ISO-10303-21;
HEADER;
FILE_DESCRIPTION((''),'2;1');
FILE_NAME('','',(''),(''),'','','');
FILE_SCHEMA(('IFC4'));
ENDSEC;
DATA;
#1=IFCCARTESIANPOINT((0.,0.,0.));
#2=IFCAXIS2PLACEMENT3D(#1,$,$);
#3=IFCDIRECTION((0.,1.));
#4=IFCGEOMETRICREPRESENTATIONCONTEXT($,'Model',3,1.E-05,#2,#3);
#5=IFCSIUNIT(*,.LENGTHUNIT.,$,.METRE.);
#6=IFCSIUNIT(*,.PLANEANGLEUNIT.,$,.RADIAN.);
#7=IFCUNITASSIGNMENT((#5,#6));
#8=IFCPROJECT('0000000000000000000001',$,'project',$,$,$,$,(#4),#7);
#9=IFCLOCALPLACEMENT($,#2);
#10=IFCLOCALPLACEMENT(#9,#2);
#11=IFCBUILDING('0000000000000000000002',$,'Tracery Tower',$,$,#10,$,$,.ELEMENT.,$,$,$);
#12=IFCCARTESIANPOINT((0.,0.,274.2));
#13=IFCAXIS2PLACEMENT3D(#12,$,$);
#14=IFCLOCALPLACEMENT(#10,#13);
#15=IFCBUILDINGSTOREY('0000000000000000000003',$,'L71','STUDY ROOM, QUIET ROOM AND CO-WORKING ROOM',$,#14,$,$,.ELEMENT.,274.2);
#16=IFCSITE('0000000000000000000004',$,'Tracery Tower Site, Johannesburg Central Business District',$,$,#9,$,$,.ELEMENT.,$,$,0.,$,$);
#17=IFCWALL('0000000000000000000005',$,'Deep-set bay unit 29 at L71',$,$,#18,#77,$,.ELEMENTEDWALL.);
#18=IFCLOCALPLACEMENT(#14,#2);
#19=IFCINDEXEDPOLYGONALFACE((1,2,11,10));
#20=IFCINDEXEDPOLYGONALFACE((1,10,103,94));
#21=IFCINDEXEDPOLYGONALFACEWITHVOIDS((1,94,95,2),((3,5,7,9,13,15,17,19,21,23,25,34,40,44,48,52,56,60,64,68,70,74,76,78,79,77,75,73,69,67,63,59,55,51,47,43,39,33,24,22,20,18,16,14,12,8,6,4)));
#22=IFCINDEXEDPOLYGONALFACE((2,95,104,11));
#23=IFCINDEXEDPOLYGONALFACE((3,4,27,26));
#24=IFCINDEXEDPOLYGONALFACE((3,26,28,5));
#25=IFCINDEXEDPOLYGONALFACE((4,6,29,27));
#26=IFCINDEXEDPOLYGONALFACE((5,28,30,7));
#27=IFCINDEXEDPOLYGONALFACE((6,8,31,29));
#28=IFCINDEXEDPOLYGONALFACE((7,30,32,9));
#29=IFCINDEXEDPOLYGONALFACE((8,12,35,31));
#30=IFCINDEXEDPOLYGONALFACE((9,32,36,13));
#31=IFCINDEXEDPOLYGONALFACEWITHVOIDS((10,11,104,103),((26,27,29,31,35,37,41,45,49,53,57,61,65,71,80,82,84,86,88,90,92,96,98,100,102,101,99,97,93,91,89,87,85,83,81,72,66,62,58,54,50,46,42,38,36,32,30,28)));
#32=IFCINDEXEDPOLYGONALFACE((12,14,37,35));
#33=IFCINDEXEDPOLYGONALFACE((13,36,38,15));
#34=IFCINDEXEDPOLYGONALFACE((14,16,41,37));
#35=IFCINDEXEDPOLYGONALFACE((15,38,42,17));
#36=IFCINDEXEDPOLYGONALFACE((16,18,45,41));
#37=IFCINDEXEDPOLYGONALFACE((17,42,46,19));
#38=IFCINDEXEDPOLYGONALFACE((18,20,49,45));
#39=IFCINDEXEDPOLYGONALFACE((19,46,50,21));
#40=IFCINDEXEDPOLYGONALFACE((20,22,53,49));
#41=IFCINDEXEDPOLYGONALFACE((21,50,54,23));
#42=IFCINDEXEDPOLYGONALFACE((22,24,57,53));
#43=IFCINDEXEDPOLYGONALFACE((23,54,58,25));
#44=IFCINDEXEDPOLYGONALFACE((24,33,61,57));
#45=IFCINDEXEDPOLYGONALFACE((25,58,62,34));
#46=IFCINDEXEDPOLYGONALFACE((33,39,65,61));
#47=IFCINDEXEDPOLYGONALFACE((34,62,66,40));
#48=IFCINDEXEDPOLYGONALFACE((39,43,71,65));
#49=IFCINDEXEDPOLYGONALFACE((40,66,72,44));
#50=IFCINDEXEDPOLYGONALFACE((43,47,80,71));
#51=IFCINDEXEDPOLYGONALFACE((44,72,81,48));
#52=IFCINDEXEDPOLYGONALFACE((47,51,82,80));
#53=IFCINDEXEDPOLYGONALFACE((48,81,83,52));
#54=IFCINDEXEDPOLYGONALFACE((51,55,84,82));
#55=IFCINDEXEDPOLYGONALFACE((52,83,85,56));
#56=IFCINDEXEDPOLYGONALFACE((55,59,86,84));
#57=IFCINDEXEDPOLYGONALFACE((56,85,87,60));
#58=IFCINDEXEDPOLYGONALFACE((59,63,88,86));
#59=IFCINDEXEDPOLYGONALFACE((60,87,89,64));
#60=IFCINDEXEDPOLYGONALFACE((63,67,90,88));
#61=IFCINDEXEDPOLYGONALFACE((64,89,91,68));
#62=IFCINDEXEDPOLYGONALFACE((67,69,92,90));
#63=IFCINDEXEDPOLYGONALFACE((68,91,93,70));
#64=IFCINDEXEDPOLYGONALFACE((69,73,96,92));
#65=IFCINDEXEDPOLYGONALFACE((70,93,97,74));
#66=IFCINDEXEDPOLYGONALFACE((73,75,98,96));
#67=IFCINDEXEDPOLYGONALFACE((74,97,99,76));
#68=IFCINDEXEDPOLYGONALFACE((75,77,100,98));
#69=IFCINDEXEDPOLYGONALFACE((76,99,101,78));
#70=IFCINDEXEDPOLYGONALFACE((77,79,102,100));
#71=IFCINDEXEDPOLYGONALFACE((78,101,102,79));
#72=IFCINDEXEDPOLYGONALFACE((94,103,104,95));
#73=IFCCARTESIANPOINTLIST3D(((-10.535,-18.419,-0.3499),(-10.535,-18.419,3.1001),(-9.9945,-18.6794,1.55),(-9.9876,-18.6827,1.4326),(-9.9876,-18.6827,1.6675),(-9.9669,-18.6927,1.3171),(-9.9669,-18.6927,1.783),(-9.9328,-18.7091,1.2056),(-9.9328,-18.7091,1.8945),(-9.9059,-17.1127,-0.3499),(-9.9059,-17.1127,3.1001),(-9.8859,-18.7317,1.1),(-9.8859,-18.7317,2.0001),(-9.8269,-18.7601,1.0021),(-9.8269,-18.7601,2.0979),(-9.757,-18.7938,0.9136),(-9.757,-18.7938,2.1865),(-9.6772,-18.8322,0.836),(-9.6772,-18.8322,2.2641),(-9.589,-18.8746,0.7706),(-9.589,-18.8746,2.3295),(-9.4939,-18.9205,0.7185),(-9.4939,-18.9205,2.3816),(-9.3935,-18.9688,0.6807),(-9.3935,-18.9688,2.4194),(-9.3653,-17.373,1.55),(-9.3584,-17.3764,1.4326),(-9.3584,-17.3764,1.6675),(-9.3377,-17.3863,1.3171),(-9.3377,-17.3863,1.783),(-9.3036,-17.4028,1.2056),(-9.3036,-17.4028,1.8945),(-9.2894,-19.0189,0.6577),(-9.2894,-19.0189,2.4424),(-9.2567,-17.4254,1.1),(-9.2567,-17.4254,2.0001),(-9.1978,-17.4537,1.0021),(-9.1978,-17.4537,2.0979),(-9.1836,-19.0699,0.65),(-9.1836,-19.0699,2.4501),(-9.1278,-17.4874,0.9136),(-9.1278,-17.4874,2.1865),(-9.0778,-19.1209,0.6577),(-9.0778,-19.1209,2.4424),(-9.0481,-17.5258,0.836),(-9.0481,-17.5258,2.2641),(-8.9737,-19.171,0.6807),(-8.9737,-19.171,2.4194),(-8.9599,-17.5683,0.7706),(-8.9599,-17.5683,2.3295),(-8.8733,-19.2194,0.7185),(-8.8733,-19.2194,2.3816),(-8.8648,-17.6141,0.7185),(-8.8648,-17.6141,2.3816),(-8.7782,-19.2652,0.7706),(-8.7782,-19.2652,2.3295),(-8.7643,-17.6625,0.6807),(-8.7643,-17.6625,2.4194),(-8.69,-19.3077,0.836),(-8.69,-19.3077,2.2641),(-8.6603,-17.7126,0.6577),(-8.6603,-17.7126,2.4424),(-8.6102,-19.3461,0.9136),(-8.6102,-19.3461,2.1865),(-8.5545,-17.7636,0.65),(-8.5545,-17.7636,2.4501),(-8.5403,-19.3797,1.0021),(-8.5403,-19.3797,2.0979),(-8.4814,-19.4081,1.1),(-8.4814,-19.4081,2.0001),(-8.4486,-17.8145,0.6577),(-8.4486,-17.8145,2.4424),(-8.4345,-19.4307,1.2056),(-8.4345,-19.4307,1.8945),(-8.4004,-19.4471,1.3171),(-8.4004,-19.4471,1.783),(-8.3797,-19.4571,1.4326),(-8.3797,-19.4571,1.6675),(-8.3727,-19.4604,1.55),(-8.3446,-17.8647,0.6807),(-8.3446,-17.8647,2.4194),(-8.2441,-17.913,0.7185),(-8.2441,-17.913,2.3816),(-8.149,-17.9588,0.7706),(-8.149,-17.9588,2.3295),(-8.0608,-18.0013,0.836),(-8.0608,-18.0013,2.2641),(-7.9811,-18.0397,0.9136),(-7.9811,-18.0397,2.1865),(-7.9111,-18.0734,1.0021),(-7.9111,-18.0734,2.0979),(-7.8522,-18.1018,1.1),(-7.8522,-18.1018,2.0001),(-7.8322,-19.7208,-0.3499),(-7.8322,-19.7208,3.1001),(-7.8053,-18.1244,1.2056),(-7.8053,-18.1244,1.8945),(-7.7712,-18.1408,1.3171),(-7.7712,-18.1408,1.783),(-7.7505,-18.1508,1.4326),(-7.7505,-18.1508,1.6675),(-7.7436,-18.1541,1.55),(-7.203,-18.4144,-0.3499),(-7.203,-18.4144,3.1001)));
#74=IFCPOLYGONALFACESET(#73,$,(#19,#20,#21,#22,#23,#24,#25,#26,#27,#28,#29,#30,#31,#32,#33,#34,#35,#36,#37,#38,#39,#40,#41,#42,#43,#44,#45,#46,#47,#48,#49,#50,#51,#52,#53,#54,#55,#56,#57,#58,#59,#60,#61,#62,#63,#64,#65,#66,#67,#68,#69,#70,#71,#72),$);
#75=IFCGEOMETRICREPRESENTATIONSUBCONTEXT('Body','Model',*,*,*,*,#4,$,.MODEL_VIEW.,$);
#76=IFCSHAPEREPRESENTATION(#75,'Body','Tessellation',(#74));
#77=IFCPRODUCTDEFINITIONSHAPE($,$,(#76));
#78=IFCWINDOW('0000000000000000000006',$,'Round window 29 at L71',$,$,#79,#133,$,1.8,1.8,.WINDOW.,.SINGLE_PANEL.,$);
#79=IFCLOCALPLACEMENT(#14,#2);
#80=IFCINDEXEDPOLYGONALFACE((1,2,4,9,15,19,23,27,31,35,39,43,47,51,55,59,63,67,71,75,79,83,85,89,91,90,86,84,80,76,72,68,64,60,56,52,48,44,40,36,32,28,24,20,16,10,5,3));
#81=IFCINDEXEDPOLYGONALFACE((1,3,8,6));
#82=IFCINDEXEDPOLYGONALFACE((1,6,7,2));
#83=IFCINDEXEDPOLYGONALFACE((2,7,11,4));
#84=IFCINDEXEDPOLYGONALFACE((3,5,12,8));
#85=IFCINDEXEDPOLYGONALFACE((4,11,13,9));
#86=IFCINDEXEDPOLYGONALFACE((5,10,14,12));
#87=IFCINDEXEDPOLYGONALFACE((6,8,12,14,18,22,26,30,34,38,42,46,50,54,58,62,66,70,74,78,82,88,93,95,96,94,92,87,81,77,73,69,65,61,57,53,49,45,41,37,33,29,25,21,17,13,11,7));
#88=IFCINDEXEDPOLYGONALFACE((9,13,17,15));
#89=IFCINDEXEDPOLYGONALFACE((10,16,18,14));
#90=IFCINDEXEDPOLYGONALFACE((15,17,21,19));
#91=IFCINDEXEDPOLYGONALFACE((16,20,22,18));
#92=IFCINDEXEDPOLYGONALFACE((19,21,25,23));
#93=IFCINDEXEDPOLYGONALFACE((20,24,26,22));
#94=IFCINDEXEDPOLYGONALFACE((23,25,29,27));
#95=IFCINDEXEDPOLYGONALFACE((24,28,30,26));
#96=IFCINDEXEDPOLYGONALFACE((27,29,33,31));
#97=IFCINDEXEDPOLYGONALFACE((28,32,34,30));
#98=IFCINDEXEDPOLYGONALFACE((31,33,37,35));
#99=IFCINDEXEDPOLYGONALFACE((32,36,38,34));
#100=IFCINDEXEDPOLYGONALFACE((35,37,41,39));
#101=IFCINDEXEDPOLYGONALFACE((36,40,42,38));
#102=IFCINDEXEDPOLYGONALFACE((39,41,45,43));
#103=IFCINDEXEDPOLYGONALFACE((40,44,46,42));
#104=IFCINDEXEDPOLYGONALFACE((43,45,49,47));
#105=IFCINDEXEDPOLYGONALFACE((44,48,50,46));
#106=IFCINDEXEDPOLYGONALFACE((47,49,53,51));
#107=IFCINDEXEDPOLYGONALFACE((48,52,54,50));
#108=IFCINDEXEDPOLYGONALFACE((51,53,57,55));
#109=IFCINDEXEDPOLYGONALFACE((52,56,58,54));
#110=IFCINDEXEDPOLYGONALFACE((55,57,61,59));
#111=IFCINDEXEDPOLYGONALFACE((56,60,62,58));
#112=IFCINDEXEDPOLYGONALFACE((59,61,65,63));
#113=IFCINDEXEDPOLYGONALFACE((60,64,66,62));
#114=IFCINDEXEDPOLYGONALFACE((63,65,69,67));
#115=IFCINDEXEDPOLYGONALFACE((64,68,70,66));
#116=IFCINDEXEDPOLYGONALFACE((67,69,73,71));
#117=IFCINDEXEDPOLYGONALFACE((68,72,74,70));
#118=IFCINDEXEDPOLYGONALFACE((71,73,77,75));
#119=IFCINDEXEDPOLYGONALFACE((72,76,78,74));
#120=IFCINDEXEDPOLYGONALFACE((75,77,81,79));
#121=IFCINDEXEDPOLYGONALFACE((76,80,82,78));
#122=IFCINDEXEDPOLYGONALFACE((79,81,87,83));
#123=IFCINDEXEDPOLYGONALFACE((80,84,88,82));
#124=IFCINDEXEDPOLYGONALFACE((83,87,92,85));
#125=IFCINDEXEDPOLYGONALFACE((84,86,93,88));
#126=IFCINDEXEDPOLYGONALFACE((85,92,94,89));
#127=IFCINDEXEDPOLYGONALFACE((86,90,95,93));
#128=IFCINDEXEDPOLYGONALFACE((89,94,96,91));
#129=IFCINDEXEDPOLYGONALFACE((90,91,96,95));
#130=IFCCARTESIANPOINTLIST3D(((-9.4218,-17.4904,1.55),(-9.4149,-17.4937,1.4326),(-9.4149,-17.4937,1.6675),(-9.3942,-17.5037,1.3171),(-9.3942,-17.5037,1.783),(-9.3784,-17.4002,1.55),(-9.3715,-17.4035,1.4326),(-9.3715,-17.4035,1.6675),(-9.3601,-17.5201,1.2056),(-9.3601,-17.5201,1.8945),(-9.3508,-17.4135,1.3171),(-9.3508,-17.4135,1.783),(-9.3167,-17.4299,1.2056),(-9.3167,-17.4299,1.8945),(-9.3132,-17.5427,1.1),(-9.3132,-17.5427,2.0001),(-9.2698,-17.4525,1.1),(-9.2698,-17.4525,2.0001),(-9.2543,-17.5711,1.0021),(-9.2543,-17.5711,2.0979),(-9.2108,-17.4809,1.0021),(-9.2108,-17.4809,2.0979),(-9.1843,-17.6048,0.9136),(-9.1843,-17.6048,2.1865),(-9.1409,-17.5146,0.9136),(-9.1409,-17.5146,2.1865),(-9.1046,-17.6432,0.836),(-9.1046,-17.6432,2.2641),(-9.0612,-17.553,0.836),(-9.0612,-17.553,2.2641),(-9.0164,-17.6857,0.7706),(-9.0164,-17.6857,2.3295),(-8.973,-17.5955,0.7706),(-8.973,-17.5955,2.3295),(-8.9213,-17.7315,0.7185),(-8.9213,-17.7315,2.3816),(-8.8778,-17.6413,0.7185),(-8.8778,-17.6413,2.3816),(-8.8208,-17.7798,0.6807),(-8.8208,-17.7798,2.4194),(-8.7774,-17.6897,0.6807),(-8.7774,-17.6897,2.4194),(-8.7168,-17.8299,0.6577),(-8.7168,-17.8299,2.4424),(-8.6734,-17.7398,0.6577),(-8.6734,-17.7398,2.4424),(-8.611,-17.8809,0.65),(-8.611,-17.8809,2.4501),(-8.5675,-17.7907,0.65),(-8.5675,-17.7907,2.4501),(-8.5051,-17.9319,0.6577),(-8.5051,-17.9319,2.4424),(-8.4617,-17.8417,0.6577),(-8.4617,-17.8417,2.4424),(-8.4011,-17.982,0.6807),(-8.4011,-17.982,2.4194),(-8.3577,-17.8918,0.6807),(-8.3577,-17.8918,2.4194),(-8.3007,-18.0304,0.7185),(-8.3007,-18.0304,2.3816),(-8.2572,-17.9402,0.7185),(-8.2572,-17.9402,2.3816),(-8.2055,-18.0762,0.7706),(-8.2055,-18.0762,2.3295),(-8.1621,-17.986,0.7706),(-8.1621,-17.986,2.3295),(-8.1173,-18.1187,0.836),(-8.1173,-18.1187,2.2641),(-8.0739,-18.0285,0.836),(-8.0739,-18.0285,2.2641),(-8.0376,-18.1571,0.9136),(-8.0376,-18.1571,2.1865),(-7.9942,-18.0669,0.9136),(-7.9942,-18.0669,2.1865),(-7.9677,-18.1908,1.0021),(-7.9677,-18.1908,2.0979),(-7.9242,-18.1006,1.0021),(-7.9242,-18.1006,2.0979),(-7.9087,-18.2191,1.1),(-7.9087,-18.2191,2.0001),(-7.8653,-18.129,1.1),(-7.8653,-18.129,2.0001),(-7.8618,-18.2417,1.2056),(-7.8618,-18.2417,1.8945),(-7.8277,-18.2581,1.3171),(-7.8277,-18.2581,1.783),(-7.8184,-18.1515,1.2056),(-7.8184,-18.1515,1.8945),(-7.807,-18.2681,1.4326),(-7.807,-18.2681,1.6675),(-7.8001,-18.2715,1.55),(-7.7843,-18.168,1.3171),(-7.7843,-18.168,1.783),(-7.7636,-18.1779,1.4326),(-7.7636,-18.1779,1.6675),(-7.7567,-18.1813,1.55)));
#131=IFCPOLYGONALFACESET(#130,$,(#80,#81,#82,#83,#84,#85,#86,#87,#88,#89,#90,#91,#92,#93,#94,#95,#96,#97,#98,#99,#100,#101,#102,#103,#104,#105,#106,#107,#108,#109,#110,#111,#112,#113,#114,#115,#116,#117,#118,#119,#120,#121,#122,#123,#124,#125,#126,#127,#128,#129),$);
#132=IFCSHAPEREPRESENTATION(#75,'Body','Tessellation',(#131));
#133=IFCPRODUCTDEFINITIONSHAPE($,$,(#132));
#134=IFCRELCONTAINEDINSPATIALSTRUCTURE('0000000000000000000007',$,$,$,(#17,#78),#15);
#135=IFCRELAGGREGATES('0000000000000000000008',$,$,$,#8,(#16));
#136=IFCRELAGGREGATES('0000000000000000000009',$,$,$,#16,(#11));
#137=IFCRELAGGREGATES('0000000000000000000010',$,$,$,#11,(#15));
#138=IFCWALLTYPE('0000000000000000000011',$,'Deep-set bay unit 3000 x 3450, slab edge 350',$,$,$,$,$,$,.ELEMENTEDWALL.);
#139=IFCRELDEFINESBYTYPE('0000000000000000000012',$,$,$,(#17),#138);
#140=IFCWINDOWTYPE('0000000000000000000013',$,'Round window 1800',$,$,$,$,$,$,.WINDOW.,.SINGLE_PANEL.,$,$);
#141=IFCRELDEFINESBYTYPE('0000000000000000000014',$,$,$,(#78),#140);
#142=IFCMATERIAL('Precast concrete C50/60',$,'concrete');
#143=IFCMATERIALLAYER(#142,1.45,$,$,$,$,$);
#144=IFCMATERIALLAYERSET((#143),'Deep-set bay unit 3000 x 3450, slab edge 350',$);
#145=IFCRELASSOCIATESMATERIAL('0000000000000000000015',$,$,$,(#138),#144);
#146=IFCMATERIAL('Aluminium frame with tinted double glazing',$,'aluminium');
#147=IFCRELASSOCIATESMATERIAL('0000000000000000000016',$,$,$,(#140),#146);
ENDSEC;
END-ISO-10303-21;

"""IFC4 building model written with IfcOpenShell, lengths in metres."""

from ifc_helpers import new_model, si_unit, direction, frame, frame_2d, origin, origin_2d, place, context, subcontext, project, spatial, rectangle, circle, extrude, material, layer, layer_set, type_object, element, fill, save


model = new_model("IFC4")

# Units and contexts
model_context = context("Model", 3, precision=1e-05, world=origin(), true_north=direction((0.0, 1.0)))
body_context = subcontext(model_context, "Body", "Model", "MODEL_VIEW")
ifc_project = project(units=[si_unit("LENGTHUNIT", "METRE"), si_unit("PLANEANGLEUNIT", "RADIAN")], contexts=[model_context])

# Site, building, storey
site_placement = place(None, origin())
site = spatial("IfcSite", under=ifc_project, at=site_placement, Name="Tracery Tower Site, Johannesburg Central Business District", CompositionType="ELEMENT", RefElevation=0.0)
building_placement = place(site_placement, origin())
building = spatial("IfcBuilding", under=site, at=building_placement, Name="Tracery Tower", CompositionType="ELEMENT")
storey_placement = place(building_placement, frame((0.0, 0.0, 274.2)))
storey = spatial("IfcBuildingStorey", under=building, at=storey_placement, Name="L71", Description="STUDY ROOM, QUIET ROOM AND CO-WORKING ROOM", CompositionType="ELEMENT", Elevation=274.2)

# Wall, opening, window
ifc_material_1 = material(Name="Precast concrete C50/60", Category="concrete")
ifc_layer_1 = layer(ifc_material_1, 1.45)
ifc_layer_set_1 = layer_set([ifc_layer_1], Name="Deep-set bay unit 3000 x 3450, slab edge 350")
wall_type_1 = type_object("IfcWallType", Name="Deep-set bay unit 3000 x 3450, slab edge 350", PredefinedType="ELEMENTEDWALL", material=ifc_layer_set_1)
ifc_material_2 = material(Name="Aluminium frame with tinted double glazing", Category="aluminium")
window_type = type_object("IfcWindowType", Name="Round window 1800", PartitioningType="SINGLE_PANEL", PredefinedType="WINDOW", material=ifc_material_2)
wall_1_placement = place(storey_placement, frame((-10.2205, -17.7659, -0.3499), z_axis=(0.0, 0.0, 1.0), x_axis=(0.900953, -0.433916, 0.0)))
wall_1 = element("IfcWall", 1, at=wall_1_placement, inside=storey, type_object=wall_type_1, Name="Deep-set bay unit 29 at L71", PredefinedType="ELEMENTEDWALL", context=body_context, shape_type="SweptSolid", body=[
    extrude(rectangle(XDim=3.0, YDim=1.45, at=frame_2d((1.5, 0.0))), origin(), (0.0, 0.0, 1.0), 3.45),
])
opening_1_placement = place(wall_1_placement, frame((1.5, 0.0, 1.8999)))
opening_1 = element("IfcOpeningElement", 2, at=opening_1_placement, cuts=wall_1, PredefinedType="OPENING", context=body_context, shape_type="SweptSolid", body=[
    extrude(circle(Radius=0.9, at=origin_2d()), frame((0.0, 0.7349, 0.0), z_axis=(0.0, -1.0, 0.0), x_axis=(1.0, 0.0, 0.0)), (0.0, 0.0, 1.0), 1.47),
])
window_1_placement = place(opening_1_placement, origin())
window_1 = element("IfcWindow", 3, at=window_1_placement, inside=storey, type_object=window_type, Name="Round window 29 at L71", OverallHeight=1.8, OverallWidth=1.8, PartitioningType="SINGLE_PANEL", PredefinedType="WINDOW", context=body_context, shape_type="SweptSolid", body=[
    extrude(circle(Radius=0.9, at=origin_2d()), frame((0.0, 0.6948, 0.0), z_axis=(0.0, -1.0, 0.0), x_axis=(1.0, 0.0, 0.0)), (0.0, 0.0, 1.0), 0.1001),
])
fill(opening_1, window_1)

save(model, "model.ifc")
